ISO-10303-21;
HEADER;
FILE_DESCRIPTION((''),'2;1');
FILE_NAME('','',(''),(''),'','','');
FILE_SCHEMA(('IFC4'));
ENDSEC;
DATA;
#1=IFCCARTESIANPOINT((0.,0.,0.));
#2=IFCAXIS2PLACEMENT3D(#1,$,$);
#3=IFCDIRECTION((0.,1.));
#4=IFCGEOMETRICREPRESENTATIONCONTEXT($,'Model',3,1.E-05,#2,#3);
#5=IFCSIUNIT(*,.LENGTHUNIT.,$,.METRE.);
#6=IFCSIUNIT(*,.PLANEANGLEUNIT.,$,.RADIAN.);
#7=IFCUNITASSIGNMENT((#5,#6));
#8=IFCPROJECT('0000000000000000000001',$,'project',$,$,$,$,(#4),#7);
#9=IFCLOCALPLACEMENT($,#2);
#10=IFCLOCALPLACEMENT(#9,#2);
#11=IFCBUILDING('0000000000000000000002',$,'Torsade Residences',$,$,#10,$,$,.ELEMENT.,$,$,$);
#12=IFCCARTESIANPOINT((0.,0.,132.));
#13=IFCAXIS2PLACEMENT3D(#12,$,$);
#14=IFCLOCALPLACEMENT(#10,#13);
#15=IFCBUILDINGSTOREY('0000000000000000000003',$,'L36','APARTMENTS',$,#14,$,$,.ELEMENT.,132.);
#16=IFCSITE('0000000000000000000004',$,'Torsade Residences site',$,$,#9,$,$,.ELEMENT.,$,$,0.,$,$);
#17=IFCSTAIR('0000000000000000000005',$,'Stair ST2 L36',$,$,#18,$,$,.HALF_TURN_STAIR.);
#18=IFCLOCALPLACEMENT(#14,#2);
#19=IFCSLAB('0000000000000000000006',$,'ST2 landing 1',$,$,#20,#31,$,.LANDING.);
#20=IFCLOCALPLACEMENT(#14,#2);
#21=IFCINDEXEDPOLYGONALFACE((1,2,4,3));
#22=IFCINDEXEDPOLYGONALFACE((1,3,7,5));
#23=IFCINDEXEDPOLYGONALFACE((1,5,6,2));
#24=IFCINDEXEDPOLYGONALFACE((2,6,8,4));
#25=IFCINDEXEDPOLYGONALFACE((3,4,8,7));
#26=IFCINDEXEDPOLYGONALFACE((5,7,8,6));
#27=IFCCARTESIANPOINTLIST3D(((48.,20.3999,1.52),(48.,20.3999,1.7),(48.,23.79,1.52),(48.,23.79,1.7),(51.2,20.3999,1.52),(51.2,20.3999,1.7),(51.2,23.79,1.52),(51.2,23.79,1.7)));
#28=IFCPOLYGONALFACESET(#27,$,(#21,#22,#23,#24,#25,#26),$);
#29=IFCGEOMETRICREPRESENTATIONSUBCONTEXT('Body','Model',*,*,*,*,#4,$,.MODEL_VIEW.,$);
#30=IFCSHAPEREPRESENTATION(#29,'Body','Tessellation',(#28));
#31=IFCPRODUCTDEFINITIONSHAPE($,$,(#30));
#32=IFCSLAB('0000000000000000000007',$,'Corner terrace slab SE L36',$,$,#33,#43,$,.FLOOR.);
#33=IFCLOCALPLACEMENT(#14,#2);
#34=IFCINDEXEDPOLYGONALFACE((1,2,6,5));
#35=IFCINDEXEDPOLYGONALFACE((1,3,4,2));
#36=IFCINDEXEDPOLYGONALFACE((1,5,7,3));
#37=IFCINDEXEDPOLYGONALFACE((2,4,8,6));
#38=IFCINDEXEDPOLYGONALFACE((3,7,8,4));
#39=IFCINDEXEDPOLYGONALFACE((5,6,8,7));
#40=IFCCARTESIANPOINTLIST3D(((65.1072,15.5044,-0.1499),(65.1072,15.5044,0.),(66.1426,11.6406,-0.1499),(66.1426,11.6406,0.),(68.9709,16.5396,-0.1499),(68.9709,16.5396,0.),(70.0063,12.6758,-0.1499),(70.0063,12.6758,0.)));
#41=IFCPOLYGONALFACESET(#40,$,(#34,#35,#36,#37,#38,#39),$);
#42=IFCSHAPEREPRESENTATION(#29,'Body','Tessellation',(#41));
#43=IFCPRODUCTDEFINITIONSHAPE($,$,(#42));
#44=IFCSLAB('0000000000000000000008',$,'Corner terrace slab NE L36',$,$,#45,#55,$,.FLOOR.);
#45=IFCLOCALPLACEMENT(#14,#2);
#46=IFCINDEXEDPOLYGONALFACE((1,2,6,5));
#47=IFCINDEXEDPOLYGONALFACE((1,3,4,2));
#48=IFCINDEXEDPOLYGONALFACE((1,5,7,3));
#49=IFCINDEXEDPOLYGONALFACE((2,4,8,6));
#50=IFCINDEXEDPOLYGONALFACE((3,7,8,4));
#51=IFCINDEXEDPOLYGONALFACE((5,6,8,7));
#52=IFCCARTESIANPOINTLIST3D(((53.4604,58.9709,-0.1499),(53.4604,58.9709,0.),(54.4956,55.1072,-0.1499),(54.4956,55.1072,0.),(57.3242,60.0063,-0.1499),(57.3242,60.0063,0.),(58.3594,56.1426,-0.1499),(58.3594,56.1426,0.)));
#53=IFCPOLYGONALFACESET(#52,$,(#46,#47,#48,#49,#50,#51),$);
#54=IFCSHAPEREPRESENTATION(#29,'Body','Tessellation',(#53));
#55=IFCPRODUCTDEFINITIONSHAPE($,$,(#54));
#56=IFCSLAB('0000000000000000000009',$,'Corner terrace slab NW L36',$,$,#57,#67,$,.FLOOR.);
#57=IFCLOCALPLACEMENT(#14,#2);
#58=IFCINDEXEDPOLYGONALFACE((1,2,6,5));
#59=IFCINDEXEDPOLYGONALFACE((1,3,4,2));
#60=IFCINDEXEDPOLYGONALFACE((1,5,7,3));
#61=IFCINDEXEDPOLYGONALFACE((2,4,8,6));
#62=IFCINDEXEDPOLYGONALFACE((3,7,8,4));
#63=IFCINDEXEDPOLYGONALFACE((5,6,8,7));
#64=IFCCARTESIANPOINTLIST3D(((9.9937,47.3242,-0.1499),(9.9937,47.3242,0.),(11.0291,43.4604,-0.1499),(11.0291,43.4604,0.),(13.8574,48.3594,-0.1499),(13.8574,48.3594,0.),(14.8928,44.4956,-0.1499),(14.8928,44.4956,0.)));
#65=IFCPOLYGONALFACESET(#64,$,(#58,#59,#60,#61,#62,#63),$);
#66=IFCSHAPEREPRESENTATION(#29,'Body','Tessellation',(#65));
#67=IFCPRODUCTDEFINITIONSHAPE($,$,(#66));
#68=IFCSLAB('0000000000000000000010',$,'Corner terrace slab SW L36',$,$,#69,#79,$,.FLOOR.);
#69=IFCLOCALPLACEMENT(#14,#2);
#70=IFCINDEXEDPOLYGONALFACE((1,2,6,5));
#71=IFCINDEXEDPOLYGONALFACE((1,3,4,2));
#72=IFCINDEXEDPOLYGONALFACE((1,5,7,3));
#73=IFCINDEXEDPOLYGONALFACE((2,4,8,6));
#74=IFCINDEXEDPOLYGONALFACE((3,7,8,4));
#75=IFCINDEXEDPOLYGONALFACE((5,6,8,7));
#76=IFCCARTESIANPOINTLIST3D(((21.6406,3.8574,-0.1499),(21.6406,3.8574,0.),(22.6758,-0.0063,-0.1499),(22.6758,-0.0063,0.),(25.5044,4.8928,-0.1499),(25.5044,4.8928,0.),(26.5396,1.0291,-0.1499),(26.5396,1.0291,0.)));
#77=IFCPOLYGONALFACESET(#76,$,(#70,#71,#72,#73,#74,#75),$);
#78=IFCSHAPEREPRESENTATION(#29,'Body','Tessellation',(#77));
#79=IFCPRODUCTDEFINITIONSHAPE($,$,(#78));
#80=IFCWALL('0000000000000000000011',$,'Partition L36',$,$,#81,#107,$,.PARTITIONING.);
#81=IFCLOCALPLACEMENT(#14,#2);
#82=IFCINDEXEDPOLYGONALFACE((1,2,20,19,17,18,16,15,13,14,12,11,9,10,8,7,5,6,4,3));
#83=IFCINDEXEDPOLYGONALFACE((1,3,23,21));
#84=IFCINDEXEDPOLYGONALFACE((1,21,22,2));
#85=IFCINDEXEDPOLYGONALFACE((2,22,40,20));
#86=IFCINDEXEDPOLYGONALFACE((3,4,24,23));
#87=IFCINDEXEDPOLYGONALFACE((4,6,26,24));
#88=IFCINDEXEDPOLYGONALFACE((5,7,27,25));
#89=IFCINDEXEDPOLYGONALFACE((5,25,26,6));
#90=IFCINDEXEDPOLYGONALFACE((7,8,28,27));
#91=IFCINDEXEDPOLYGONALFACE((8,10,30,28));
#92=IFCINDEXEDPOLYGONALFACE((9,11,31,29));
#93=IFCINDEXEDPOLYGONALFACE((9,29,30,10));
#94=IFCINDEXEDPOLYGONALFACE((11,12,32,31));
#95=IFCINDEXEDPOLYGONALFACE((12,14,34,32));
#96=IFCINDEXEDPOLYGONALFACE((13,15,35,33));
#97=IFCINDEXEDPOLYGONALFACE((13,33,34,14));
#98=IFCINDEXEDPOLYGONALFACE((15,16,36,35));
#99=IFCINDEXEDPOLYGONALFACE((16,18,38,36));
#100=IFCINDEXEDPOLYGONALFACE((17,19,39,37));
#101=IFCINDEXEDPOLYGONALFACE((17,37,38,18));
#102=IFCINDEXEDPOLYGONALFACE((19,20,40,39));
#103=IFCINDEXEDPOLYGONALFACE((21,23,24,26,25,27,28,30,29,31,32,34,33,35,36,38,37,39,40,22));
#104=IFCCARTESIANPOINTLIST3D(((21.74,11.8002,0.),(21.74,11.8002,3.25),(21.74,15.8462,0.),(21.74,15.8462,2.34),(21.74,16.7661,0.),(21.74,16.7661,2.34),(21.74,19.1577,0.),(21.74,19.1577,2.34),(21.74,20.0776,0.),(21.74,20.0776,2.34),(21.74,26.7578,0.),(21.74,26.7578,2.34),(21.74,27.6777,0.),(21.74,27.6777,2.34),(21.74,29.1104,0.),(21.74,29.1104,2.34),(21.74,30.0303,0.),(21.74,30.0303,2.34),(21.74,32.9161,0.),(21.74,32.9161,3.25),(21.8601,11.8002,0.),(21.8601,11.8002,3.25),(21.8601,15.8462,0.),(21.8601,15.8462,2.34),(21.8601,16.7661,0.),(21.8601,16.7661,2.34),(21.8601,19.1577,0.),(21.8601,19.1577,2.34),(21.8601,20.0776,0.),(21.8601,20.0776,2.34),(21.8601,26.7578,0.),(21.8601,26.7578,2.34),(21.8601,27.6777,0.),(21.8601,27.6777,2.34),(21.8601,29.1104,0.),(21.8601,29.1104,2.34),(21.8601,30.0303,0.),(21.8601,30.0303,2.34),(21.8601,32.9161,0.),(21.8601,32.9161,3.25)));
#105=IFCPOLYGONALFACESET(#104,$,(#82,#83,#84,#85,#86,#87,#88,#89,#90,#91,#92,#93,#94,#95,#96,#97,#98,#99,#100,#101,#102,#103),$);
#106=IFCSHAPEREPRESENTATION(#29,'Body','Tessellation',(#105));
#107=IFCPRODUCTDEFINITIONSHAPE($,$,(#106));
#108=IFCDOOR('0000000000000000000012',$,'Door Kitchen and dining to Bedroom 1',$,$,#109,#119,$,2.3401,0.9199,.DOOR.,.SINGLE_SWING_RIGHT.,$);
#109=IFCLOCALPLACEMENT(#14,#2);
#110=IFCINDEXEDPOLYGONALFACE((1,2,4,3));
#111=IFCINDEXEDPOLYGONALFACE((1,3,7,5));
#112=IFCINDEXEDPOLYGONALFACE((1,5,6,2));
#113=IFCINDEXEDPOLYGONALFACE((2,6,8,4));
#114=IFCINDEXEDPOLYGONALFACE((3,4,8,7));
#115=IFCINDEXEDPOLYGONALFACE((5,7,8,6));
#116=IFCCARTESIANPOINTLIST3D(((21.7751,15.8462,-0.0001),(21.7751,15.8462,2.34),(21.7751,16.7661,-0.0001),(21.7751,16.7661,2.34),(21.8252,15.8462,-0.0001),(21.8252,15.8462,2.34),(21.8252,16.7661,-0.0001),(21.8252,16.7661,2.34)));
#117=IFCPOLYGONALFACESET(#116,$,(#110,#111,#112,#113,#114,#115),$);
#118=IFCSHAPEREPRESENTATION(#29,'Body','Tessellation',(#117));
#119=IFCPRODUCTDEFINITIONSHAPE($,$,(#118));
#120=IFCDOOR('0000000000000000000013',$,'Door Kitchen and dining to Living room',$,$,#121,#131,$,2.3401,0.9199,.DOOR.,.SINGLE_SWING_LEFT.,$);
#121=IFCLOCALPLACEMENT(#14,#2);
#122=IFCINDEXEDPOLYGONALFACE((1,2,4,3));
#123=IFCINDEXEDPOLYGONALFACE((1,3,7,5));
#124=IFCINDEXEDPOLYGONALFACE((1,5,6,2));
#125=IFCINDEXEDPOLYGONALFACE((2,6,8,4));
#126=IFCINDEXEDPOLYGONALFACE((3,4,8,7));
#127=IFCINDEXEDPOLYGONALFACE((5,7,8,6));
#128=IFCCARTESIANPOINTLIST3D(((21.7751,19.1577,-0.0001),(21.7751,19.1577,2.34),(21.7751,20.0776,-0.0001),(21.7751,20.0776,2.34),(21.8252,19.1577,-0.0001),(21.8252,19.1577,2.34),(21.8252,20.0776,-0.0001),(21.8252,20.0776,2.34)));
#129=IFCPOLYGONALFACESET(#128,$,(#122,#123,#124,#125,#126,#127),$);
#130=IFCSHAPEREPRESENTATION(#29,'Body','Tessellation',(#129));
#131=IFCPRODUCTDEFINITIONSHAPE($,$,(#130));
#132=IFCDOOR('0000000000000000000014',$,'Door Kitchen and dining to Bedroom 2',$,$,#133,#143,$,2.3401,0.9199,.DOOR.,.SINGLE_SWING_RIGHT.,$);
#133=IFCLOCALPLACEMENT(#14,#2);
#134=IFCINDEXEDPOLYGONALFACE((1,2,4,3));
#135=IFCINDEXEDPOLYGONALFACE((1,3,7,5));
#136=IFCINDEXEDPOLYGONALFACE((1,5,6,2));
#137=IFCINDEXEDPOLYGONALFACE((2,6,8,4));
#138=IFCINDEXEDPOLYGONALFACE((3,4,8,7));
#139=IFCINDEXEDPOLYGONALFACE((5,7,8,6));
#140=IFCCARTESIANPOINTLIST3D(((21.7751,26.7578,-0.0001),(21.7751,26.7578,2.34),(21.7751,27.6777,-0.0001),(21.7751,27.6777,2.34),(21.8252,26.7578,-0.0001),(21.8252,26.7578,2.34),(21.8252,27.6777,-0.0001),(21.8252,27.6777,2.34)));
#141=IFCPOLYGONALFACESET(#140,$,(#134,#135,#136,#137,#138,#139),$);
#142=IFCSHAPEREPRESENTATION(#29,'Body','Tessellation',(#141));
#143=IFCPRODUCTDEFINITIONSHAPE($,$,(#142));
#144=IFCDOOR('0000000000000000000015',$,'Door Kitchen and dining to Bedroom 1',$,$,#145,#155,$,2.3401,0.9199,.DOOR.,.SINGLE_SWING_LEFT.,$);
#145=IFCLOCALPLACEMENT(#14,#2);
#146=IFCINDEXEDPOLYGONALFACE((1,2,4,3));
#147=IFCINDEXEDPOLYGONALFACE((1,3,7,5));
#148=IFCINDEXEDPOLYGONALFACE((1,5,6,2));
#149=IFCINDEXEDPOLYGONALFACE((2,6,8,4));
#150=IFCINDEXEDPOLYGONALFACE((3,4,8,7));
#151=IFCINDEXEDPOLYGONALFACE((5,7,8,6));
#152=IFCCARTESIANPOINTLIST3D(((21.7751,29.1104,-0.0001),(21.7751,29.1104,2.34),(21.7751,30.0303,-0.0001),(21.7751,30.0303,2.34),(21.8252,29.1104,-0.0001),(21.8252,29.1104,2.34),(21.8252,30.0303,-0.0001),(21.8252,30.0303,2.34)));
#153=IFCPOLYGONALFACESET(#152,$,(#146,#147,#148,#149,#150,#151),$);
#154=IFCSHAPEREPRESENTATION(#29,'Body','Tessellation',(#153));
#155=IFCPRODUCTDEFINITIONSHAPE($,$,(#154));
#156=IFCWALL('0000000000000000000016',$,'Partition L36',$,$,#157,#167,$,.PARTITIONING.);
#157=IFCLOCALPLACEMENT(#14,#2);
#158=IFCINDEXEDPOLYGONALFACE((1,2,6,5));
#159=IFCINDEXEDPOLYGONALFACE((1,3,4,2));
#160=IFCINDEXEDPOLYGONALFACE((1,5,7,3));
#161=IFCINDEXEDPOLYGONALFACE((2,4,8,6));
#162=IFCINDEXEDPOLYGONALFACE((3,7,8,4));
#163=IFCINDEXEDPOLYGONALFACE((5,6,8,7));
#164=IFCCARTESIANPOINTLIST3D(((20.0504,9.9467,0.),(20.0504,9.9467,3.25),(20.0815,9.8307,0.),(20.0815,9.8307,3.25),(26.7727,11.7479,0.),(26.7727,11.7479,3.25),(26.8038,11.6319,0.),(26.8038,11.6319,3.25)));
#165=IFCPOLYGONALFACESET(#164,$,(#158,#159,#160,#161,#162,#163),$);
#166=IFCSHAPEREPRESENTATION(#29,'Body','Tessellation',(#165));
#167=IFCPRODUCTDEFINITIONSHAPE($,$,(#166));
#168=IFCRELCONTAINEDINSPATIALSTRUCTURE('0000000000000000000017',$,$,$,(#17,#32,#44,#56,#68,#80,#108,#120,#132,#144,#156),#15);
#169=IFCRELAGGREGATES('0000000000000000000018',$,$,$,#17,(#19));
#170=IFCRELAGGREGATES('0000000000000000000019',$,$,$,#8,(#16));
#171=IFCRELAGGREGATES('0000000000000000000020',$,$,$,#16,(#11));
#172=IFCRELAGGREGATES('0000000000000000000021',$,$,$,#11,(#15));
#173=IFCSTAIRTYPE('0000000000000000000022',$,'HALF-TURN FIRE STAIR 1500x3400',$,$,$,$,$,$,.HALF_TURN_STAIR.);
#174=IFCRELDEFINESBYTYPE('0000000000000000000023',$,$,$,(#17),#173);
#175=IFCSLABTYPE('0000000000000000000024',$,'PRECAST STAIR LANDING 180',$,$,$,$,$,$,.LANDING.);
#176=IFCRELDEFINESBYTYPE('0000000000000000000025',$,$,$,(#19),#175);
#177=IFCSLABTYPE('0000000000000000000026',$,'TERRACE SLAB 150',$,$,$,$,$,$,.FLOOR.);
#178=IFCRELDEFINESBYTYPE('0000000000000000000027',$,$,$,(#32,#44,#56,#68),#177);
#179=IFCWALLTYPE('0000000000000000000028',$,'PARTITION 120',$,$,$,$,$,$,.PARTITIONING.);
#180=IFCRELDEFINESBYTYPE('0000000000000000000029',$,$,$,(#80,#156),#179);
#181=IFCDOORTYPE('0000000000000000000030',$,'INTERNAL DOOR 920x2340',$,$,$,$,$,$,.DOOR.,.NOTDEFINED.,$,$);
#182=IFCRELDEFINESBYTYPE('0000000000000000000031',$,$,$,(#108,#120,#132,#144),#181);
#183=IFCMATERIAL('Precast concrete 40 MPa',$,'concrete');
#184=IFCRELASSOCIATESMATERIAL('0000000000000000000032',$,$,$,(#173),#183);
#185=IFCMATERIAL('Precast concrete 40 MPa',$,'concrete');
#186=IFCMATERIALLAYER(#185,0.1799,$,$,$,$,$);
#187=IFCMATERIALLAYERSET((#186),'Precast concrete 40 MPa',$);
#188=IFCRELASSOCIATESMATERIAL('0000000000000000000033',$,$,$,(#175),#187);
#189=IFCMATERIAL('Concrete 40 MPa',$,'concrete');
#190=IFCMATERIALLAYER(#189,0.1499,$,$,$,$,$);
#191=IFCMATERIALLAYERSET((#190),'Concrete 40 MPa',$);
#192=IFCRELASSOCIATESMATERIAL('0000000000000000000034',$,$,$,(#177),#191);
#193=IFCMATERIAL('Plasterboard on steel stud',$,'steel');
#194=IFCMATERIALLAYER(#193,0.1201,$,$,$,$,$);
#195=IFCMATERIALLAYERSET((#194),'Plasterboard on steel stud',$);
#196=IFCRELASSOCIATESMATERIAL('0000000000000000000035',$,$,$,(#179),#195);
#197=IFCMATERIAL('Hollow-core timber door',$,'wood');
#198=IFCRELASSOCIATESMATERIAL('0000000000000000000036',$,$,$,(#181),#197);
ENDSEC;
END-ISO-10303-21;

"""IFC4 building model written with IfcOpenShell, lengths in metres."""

from ifc_helpers import new_model, si_unit, direction, frame, frame_2d, origin, place, context, subcontext, project, spatial, polyline, rectangle, outline, extrude, material, layer, layer_set, type_object, element, fill, aggregate, save


model = new_model("IFC4")

# Units and contexts
model_context = context("Model", 3, precision=1e-05, world=origin(), true_north=direction((0.0, 1.0)))
body_context = subcontext(model_context, "Body", "Model", "MODEL_VIEW")
ifc_project = project(units=[si_unit("LENGTHUNIT", "METRE"), si_unit("PLANEANGLEUNIT", "RADIAN")], contexts=[model_context])

# Site, building, storey
site_placement = place(None, origin())
site = spatial("IfcSite", under=ifc_project, at=site_placement, Name="Torsade Residences site", CompositionType="ELEMENT", RefElevation=0.0)
building_placement = place(site_placement, origin())
building = spatial("IfcBuilding", under=site, at=building_placement, Name="Torsade Residences", CompositionType="ELEMENT")
storey_placement = place(building_placement, frame((0.0, 0.0, 132.0)))
storey = spatial("IfcBuildingStorey", under=building, at=storey_placement, Name="L36", Description="APARTMENTS", CompositionType="ELEMENT", Elevation=132.0)

# Stair, slab
ifc_material_1 = material(Name="Precast concrete 40 MPa", Category="concrete")
stair_type = type_object("IfcStairType", Name="HALF-TURN FIRE STAIR 1500x3400", PredefinedType="HALF_TURN_STAIR", material=ifc_material_1)
ifc_material_2 = material(Name="Precast concrete 40 MPa", Category="concrete")
ifc_layer_1 = layer(ifc_material_2, 0.1799)
ifc_layer_set_1 = layer_set([ifc_layer_1], Name="Precast concrete 40 MPa")
slab_type_1 = type_object("IfcSlabType", Name="PRECAST STAIR LANDING 180", PredefinedType="LANDING", material=ifc_layer_set_1)
stair_1_placement = place(storey_placement, origin())
stair_1 = element("IfcStair", 1, at=stair_1_placement, inside=storey, type_object=stair_type, Name="Stair ST2 L36", PredefinedType="HALF_TURN_STAIR")
slab_1_placement = place(storey_placement, frame((0.0, 0.0, 1.52)))
slab_1 = element("IfcSlab", 2, at=slab_1_placement, type_object=slab_type_1, Name="ST2 landing 1", PredefinedType="LANDING", context=body_context, shape_type="SweptSolid", body=[
    extrude(outline(polyline([(48.0, 20.3999), (51.2, 20.3999), (51.2, 23.79), (48.0, 23.79), (48.0, 20.3999)])), origin(), (0.0, 0.0, 1.0), 0.1799),
])
aggregate(stair_1, [slab_1])

# Slabs
ifc_material_3 = material(Name="Concrete 40 MPa", Category="concrete")
ifc_layer_2 = layer(ifc_material_3, 0.1499)
ifc_layer_set_2 = layer_set([ifc_layer_2], Name="Concrete 40 MPa")
slab_type_2 = type_object("IfcSlabType", Name="TERRACE SLAB 150", PredefinedType="FLOOR", material=ifc_layer_set_2)
slab_2_placement = place(storey_placement, frame((0.0, 0.0, -0.1499)))
element("IfcSlab", 3, at=slab_2_placement, inside=storey, type_object=slab_type_2, Name="Corner terrace slab SE L36", PredefinedType="FLOOR", context=body_context, shape_type="SweptSolid", body=[
    extrude(outline(polyline([(66.1426, 11.6406), (70.0063, 12.6758), (68.9709, 16.5396), (65.1072, 15.5044), (66.1426, 11.6406)])), origin(), (0.0, 0.0, 1.0), 0.1499),
])
slab_3_placement = place(storey_placement, frame((0.0, 0.0, -0.1499)))
element("IfcSlab", 4, at=slab_3_placement, inside=storey, type_object=slab_type_2, Name="Corner terrace slab NE L36", PredefinedType="FLOOR", context=body_context, shape_type="SweptSolid", body=[
    extrude(outline(polyline([(54.4956, 55.1072), (58.3594, 56.1426), (57.3242, 60.0063), (53.4604, 58.9709), (54.4956, 55.1072)])), origin(), (0.0, 0.0, 1.0), 0.1499),
])
slab_4_placement = place(storey_placement, frame((0.0, 0.0, -0.1499)))
element("IfcSlab", 5, at=slab_4_placement, inside=storey, type_object=slab_type_2, Name="Corner terrace slab NW L36", PredefinedType="FLOOR", context=body_context, shape_type="SweptSolid", body=[
    extrude(outline(polyline([(11.0291, 43.4604), (14.8928, 44.4956), (13.8574, 48.3594), (9.9937, 47.3242), (11.0291, 43.4604)])), origin(), (0.0, 0.0, 1.0), 0.1499),
])
slab_5_placement = place(storey_placement, frame((0.0, 0.0, -0.1499)))
element("IfcSlab", 6, at=slab_5_placement, inside=storey, type_object=slab_type_2, Name="Corner terrace slab SW L36", PredefinedType="FLOOR", context=body_context, shape_type="SweptSolid", body=[
    extrude(outline(polyline([(22.6758, -0.0063), (26.5396, 1.0291), (25.5044, 4.8928), (21.6406, 3.8574), (22.6758, -0.0063)])), origin(), (0.0, 0.0, 1.0), 0.1499),
])

# Wall, openings, doors
ifc_material_4 = material(Name="Plasterboard on steel stud", Category="steel")
ifc_layer_3 = layer(ifc_material_4, 0.1201)
ifc_layer_set_3 = layer_set([ifc_layer_3], Name="Plasterboard on steel stud")
wall_type_1 = type_object("IfcWallType", Name="PARTITION 120", PredefinedType="PARTITIONING", material=ifc_layer_set_3)
wall_1_placement = place(storey_placement, frame((21.8, 11.8, 0.0), z_axis=(0.0, 0.0, 1.0), x_axis=(0.0, 1.0, 0.0)))
wall_1 = element("IfcWall", 7, at=wall_1_placement, inside=storey, type_object=wall_type_1, Name="Partition L36", PredefinedType="PARTITIONING", context=body_context, shape_type="SweptSolid", body=[
    extrude(rectangle(XDim=21.116, YDim=0.1201, at=frame_2d((10.5581, 0.0))), origin(), (0.0, 0.0, 1.0), 3.25),
])
opening_1_placement = place(wall_1_placement, frame((4.0461, 0.0, 0.0)))
opening_1 = element("IfcOpeningElement", 8, at=opening_1_placement, cuts=wall_1, PredefinedType="OPENING", context=body_context, shape_type="SweptSolid", body=[
    extrude(rectangle(XDim=0.9199, YDim=2.3401, at=frame_2d((0.46, 1.1699))), frame((0.0, 0.0701, 0.0), z_axis=(0.0, -1.0, 0.0), x_axis=(1.0, 0.0, 0.0)), (0.0, 0.0, 1.0), 0.1401),
])
opening_2_placement = place(wall_1_placement, frame((7.3577, 0.0, 0.0)))
opening_2 = element("IfcOpeningElement", 9, at=opening_2_placement, cuts=wall_1, PredefinedType="OPENING", context=body_context, shape_type="SweptSolid", body=[
    extrude(rectangle(XDim=0.9199, YDim=2.3401, at=frame_2d((0.46, 1.1699))), frame((0.0, 0.0701, 0.0), z_axis=(0.0, -1.0, 0.0), x_axis=(1.0, 0.0, 0.0)), (0.0, 0.0, 1.0), 0.1401),
])
opening_3_placement = place(wall_1_placement, frame((14.9578, 0.0, 0.0)))
opening_3 = element("IfcOpeningElement", 10, at=opening_3_placement, cuts=wall_1, PredefinedType="OPENING", context=body_context, shape_type="SweptSolid", body=[
    extrude(rectangle(XDim=0.9199, YDim=2.3401, at=frame_2d((0.46, 1.1699))), frame((0.0, 0.0701, 0.0), z_axis=(0.0, -1.0, 0.0), x_axis=(1.0, 0.0, 0.0)), (0.0, 0.0, 1.0), 0.1401),
])
opening_4_placement = place(wall_1_placement, frame((17.3103, 0.0, 0.0)))
opening_4 = element("IfcOpeningElement", 11, at=opening_4_placement, cuts=wall_1, PredefinedType="OPENING", context=body_context, shape_type="SweptSolid", body=[
    extrude(rectangle(XDim=0.9199, YDim=2.3401, at=frame_2d((0.46, 1.1699))), frame((0.0, 0.0701, 0.0), z_axis=(0.0, -1.0, 0.0), x_axis=(1.0, 0.0, 0.0)), (0.0, 0.0, 1.0), 0.1401),
])
ifc_material_5 = material(Name="Hollow-core timber door", Category="wood")
door_type_1 = type_object("IfcDoorType", Name="INTERNAL DOOR 920x2340", OperationType="NOTDEFINED", PredefinedType="DOOR", material=ifc_material_5)
door_1_placement = place(opening_1_placement, origin())
door_1 = element("IfcDoor", 12, at=door_1_placement, inside=storey, type_object=door_type_1, Name="Door Kitchen and dining to Bedroom 1", OperationType="SINGLE_SWING_RIGHT", OverallHeight=2.3401, OverallWidth=0.9199, PredefinedType="DOOR", context=body_context, shape_type="SweptSolid", body=[
    extrude(rectangle(XDim=0.9199, YDim=2.3401, at=frame_2d((0.46, 1.1699))), frame((0.0, 0.0249, 0.0), z_axis=(0.0, -1.0, 0.0), x_axis=(1.0, 0.0, 0.0)), (0.0, 0.0, 1.0), 0.05),
])
fill(opening_1, door_1)
door_2_placement = place(opening_2_placement, origin())
door_2 = element("IfcDoor", 13, at=door_2_placement, inside=storey, type_object=door_type_1, Name="Door Kitchen and dining to Living room", OperationType="SINGLE_SWING_LEFT", OverallHeight=2.3401, OverallWidth=0.9199, PredefinedType="DOOR", context=body_context, shape_type="SweptSolid", body=[
    extrude(rectangle(XDim=0.9199, YDim=2.3401, at=frame_2d((0.46, 1.1699))), frame((0.0, 0.0249, 0.0), z_axis=(0.0, -1.0, 0.0), x_axis=(1.0, 0.0, 0.0)), (0.0, 0.0, 1.0), 0.05),
])
fill(opening_2, door_2)
door_3_placement = place(opening_3_placement, origin())
door_3 = element("IfcDoor", 14, at=door_3_placement, inside=storey, type_object=door_type_1, Name="Door Kitchen and dining to Bedroom 2", OperationType="SINGLE_SWING_RIGHT", OverallHeight=2.3401, OverallWidth=0.9199, PredefinedType="DOOR", context=body_context, shape_type="SweptSolid", body=[
    extrude(rectangle(XDim=0.9199, YDim=2.3401, at=frame_2d((0.46, 1.1699))), frame((0.0, 0.0249, 0.0), z_axis=(0.0, -1.0, 0.0), x_axis=(1.0, 0.0, 0.0)), (0.0, 0.0, 1.0), 0.05),
])
fill(opening_3, door_3)
door_4_placement = place(opening_4_placement, origin())
door_4 = element("IfcDoor", 15, at=door_4_placement, inside=storey, type_object=door_type_1, Name="Door Kitchen and dining to Bedroom 1", OperationType="SINGLE_SWING_LEFT", OverallHeight=2.3401, OverallWidth=0.9199, PredefinedType="DOOR", context=body_context, shape_type="SweptSolid", body=[
    extrude(rectangle(XDim=0.9199, YDim=2.3401, at=frame_2d((0.46, 1.1699))), frame((0.0, 0.0249, 0.0), z_axis=(0.0, -1.0, 0.0), x_axis=(1.0, 0.0, 0.0)), (0.0, 0.0, 1.0), 0.05),
])
fill(opening_4, door_4)

# Wall
wall_2_placement = place(storey_placement, frame((20.0659, 9.8887, 0.0), z_axis=(0.0, 0.0, 1.0), x_axis=(0.965926, 0.25882, 0.0)))
element("IfcWall", 16, at=wall_2_placement, inside=storey, type_object=wall_type_1, Name="Partition L36", PredefinedType="PARTITIONING", context=body_context, shape_type="SweptSolid", body=[
    extrude(rectangle(XDim=6.9595, YDim=0.1201, at=frame_2d((3.4797, 0.0))), origin(), (0.0, 0.0, 1.0), 3.25),
])

save(model, "model.ifc")
